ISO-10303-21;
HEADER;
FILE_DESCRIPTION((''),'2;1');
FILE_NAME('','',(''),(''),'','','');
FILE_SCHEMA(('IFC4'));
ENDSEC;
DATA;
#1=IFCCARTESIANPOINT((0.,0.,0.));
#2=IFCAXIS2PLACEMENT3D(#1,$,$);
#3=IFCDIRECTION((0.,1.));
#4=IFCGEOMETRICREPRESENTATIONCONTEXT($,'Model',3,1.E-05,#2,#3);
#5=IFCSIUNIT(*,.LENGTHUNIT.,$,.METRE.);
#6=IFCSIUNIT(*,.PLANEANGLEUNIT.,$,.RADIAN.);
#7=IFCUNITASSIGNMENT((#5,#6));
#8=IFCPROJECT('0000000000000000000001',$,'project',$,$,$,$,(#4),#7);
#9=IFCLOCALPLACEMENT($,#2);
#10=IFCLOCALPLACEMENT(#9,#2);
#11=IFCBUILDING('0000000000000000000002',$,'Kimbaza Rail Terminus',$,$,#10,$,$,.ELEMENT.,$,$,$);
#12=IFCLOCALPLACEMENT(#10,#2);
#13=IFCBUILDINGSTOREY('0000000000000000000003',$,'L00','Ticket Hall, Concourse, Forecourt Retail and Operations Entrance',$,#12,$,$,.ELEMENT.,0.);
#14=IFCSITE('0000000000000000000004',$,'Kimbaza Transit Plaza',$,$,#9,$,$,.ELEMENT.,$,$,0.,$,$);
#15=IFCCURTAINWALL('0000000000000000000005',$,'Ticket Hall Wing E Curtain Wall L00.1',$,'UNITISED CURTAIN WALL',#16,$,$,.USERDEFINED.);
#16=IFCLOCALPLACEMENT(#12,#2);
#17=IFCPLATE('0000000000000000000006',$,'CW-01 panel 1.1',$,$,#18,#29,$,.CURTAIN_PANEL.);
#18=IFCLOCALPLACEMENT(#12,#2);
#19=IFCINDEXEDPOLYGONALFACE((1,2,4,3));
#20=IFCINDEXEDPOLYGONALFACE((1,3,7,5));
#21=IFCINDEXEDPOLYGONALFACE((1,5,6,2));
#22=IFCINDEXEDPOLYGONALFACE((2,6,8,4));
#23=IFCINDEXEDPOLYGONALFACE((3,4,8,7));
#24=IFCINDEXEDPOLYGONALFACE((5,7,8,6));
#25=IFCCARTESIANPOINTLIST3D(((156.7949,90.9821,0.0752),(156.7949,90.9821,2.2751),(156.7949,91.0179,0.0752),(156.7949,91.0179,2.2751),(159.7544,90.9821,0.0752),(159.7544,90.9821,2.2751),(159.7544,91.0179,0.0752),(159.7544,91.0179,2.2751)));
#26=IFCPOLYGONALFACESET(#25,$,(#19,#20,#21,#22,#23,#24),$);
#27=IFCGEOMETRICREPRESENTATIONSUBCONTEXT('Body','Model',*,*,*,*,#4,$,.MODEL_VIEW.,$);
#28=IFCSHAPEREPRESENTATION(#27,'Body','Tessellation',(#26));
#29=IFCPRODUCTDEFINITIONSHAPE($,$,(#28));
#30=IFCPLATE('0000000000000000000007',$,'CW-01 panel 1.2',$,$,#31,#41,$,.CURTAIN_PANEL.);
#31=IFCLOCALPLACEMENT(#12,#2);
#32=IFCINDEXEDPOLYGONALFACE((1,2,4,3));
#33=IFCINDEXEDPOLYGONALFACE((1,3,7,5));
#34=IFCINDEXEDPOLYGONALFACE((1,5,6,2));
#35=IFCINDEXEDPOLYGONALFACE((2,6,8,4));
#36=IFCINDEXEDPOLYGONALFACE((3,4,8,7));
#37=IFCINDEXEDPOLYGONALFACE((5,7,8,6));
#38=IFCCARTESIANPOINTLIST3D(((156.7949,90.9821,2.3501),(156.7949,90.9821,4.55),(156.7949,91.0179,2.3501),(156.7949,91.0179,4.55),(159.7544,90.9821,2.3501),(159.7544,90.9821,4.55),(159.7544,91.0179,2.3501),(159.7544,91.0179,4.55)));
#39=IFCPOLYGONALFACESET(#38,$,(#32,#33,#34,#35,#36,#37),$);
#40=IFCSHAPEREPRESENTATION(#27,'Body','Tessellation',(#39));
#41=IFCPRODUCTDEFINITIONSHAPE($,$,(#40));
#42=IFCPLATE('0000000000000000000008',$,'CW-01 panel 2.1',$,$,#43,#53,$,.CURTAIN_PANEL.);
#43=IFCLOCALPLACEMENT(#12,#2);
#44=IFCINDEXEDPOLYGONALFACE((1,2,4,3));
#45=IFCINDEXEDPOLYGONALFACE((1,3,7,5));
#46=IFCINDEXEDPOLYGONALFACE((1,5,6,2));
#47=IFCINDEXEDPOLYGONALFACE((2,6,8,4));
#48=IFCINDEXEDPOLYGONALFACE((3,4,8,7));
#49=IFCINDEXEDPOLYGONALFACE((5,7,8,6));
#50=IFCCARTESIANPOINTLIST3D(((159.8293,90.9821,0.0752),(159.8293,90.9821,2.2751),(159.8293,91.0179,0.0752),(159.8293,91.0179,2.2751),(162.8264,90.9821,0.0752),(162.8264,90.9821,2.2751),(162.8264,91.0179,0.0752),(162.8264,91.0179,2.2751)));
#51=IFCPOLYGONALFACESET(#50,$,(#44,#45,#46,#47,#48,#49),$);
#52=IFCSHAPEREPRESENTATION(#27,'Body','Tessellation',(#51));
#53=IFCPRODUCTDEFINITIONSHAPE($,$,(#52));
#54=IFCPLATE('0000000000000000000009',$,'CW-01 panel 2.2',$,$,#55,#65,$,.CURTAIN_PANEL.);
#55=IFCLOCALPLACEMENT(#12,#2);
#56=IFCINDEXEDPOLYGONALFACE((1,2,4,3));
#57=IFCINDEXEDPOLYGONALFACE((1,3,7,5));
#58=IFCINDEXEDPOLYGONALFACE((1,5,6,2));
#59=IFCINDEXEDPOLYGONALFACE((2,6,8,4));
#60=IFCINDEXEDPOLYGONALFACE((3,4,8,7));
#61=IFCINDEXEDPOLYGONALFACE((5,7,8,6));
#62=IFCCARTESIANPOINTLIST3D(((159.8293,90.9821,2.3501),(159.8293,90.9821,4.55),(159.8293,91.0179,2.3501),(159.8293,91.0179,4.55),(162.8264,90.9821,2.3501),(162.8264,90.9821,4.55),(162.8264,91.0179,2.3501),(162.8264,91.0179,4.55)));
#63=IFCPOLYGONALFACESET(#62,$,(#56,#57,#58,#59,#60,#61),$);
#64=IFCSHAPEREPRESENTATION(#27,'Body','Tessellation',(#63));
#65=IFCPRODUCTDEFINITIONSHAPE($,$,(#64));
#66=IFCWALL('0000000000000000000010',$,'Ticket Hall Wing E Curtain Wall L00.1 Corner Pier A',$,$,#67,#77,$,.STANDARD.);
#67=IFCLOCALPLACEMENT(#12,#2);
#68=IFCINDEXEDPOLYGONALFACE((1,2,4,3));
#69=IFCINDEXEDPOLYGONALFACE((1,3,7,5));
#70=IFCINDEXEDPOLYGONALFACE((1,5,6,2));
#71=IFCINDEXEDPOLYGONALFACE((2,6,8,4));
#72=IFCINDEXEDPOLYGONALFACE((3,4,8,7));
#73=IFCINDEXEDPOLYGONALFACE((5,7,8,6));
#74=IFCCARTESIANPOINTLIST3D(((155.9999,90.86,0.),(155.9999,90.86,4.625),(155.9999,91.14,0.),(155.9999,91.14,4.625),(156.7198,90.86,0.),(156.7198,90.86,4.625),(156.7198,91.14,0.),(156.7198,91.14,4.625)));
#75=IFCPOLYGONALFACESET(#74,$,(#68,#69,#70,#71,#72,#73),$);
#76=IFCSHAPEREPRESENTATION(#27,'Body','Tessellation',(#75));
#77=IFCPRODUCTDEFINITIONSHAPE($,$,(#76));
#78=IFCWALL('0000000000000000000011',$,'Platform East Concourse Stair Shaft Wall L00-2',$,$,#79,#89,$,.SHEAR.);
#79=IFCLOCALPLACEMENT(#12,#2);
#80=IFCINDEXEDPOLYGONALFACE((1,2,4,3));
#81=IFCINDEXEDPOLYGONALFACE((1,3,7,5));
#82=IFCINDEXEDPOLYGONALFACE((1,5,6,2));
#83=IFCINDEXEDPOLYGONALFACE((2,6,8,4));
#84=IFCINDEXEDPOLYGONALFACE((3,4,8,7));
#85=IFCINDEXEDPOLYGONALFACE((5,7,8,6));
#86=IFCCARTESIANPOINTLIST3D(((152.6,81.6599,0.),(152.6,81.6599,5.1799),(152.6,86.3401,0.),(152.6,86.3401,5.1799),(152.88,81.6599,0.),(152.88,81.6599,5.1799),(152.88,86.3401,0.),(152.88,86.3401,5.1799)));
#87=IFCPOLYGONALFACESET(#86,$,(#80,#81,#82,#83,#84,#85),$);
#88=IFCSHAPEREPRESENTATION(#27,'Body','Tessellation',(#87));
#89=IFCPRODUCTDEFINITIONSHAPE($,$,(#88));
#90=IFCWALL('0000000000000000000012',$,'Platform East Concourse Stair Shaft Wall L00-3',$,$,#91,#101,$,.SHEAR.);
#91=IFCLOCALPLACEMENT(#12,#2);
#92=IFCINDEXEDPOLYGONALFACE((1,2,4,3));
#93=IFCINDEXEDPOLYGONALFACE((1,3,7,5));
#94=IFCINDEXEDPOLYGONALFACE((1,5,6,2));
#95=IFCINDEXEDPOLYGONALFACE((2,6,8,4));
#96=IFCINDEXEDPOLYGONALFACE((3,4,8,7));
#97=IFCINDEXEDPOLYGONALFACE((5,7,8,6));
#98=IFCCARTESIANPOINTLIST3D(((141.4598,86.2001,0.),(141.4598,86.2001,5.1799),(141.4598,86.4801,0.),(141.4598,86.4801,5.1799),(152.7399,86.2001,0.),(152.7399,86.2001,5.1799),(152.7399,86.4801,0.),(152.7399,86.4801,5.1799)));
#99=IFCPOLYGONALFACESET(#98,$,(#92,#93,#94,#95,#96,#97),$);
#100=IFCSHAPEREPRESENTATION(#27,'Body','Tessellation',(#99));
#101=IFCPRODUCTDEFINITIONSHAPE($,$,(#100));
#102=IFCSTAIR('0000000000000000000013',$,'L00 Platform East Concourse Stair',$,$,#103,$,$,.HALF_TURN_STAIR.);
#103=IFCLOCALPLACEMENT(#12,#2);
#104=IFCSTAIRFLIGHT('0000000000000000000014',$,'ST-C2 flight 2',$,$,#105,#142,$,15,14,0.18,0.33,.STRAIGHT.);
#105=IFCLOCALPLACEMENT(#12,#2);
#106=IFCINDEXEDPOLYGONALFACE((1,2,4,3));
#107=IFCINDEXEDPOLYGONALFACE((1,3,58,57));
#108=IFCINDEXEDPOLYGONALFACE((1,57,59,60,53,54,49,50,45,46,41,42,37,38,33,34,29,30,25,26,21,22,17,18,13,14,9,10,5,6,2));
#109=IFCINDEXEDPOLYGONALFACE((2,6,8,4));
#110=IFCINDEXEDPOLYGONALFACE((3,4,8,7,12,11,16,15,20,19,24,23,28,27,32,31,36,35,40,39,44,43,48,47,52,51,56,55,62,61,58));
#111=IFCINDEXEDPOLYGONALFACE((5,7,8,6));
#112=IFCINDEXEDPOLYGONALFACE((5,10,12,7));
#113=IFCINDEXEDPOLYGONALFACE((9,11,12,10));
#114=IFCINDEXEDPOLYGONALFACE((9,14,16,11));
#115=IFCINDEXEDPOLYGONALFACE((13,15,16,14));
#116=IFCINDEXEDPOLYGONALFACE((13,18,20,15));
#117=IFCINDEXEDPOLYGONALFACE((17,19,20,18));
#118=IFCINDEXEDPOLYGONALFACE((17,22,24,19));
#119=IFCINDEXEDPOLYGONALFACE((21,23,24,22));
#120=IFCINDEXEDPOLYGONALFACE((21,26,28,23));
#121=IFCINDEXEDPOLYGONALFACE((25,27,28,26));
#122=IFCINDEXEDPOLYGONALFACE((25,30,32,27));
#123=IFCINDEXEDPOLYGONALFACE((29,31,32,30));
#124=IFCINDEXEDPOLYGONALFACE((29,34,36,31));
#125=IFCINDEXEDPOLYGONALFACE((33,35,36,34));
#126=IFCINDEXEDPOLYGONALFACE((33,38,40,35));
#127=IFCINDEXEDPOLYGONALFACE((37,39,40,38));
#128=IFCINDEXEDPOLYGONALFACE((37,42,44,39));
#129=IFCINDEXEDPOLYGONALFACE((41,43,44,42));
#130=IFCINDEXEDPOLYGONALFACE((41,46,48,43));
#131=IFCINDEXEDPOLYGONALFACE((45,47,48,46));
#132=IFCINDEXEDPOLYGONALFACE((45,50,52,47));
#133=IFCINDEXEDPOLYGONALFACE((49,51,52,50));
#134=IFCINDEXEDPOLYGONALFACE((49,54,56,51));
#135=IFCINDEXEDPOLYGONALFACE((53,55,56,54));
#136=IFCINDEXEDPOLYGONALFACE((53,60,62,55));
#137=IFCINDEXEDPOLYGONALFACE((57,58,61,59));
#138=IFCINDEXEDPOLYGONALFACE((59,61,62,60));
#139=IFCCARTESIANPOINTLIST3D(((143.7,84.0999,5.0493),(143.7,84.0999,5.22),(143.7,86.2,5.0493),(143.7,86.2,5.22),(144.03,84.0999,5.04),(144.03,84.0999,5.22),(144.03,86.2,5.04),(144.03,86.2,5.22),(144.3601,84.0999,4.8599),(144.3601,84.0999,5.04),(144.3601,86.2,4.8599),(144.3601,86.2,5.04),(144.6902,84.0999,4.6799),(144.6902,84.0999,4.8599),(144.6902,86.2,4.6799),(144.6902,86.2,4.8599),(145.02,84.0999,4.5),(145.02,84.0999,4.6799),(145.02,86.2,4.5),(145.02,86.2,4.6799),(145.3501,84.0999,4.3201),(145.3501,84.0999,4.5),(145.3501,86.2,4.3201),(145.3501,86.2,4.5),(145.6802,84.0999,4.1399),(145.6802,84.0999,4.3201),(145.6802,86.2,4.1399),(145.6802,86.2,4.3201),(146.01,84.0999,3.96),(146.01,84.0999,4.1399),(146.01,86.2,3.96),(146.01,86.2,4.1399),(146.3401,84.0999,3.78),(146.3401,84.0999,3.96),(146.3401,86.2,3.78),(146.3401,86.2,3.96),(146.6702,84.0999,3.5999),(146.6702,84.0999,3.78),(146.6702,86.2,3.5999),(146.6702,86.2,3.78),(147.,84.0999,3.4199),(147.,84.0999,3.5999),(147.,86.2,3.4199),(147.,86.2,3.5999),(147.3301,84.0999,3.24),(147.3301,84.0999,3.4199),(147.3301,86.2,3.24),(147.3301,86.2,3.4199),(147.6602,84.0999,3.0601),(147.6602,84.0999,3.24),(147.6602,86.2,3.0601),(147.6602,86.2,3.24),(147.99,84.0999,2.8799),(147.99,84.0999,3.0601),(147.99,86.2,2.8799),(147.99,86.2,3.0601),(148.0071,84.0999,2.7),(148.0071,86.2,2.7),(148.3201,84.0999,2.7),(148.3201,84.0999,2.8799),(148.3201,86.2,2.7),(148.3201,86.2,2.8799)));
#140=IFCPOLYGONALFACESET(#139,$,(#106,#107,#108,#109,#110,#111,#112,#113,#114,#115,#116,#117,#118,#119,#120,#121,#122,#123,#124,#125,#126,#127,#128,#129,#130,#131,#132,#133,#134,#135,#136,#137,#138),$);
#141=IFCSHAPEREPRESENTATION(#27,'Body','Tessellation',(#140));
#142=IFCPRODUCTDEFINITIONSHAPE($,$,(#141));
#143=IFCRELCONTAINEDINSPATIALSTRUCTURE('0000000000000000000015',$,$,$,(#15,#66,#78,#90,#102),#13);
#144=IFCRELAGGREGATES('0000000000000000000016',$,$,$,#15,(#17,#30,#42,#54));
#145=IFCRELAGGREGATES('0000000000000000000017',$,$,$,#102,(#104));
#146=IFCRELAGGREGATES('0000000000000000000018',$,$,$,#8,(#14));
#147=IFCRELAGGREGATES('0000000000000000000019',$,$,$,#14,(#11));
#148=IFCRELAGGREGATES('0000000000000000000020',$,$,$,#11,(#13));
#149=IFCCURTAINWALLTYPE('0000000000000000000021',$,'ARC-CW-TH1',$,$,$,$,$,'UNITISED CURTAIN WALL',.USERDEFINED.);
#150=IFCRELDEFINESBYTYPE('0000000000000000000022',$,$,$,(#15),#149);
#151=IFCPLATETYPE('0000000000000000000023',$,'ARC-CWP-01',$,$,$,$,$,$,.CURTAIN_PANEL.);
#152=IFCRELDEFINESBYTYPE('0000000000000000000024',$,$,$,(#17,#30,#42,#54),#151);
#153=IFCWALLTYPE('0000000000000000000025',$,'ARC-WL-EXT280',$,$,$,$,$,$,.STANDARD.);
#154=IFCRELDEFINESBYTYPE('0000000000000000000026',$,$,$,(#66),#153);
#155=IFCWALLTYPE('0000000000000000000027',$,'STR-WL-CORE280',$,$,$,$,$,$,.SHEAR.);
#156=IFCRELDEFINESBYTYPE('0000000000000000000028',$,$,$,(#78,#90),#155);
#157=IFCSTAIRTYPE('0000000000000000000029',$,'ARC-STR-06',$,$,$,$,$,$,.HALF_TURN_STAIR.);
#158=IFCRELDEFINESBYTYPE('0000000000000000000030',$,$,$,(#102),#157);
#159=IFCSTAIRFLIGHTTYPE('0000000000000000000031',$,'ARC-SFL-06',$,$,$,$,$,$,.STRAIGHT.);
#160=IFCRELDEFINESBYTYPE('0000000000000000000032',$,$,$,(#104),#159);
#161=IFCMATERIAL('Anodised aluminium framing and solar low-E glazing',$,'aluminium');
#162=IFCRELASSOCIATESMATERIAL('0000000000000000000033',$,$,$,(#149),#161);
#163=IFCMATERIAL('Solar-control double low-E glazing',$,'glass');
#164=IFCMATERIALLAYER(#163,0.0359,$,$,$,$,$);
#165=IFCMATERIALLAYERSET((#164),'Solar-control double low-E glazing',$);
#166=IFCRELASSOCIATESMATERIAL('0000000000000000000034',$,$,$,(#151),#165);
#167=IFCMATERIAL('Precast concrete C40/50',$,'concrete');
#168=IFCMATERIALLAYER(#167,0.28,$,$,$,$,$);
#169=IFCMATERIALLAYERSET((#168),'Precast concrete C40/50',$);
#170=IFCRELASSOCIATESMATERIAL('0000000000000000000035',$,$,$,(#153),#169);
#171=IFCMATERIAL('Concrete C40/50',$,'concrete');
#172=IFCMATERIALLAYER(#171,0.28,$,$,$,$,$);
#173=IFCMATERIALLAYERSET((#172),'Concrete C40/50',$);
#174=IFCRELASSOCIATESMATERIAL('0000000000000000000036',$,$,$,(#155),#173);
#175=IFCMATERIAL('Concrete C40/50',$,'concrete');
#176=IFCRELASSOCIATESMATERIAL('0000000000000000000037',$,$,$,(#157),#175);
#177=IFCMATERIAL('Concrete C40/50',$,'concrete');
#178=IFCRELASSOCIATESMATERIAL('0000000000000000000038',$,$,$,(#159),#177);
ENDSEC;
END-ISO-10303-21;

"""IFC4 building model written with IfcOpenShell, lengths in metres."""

from ifc_helpers import new_model, si_unit, direction, frame, frame_2d, origin, origin_2d, place, context, subcontext, project, spatial, polyline, rectangle, outline, extrude, material, layer, layer_set, type_object, element, aggregate, save


model = new_model("IFC4")

# Units and contexts
model_context = context("Model", 3, precision=1e-05, world=origin(), true_north=direction((0.0, 1.0)))
body_context = subcontext(model_context, "Body", "Model", "MODEL_VIEW")
ifc_project = project(units=[si_unit("LENGTHUNIT", "METRE"), si_unit("PLANEANGLEUNIT", "RADIAN")], contexts=[model_context])

# Site, building, storey
site_placement = place(None, origin())
site = spatial("IfcSite", under=ifc_project, at=site_placement, Name="Kimbaza Transit Plaza", CompositionType="ELEMENT", RefElevation=0.0)
building_placement = place(site_placement, origin())
building = spatial("IfcBuilding", under=site, at=building_placement, Name="Kimbaza Rail Terminus", CompositionType="ELEMENT")
storey_placement = place(building_placement, origin())
storey = spatial("IfcBuildingStorey", under=building, at=storey_placement, Name="L00", Description="Ticket Hall, Concourse, Forecourt Retail and Operations Entrance", CompositionType="ELEMENT", Elevation=0.0)

# Curtain wall
ifc_material_1 = material(Name="Anodised aluminium framing and solar low-E glazing", Category="aluminium")
curtain_wall_type = type_object("IfcCurtainWallType", Name="ARC-CW-TH1", ElementType="UNITISED CURTAIN WALL", PredefinedType="USERDEFINED", material=ifc_material_1)
curtain_wall_placement = place(storey_placement, origin())
curtain_wall = element("IfcCurtainWall", 1, at=curtain_wall_placement, inside=storey, type_object=curtain_wall_type, Name="Ticket Hall Wing E Curtain Wall L00.1", ObjectType="UNITISED CURTAIN WALL", PredefinedType="USERDEFINED")

# Plates
ifc_material_2 = material(Name="Solar-control double low-E glazing", Category="glass")
ifc_layer_1 = layer(ifc_material_2, 0.0359)
ifc_layer_set_1 = layer_set([ifc_layer_1], Name="Solar-control double low-E glazing")
plate_type = type_object("IfcPlateType", Name="ARC-CWP-01", PredefinedType="CURTAIN_PANEL", material=ifc_layer_set_1)
plate_1_placement = place(storey_placement, frame((158.2747, 91.0, 0.0752), z_axis=(0.0, 0.0, 1.0), x_axis=(1.0, 0.0, 0.0)))
plate_1 = element("IfcPlate", 2, at=plate_1_placement, type_object=plate_type, Name="CW-01 panel 1.1", PredefinedType="CURTAIN_PANEL", context=body_context, shape_type="SweptSolid", body=[
    extrude(rectangle(XDim=2.9595, YDim=0.0359, at=origin_2d()), origin(), (0.0, 0.0, 1.0), 2.2),
])
plate_2_placement = place(storey_placement, frame((158.2747, 91.0, 2.3501), z_axis=(0.0, 0.0, 1.0), x_axis=(1.0, 0.0, 0.0)))
plate_2 = element("IfcPlate", 3, at=plate_2_placement, type_object=plate_type, Name="CW-01 panel 1.2", PredefinedType="CURTAIN_PANEL", context=body_context, shape_type="SweptSolid", body=[
    extrude(rectangle(XDim=2.9595, YDim=0.0359, at=origin_2d()), origin(), (0.0, 0.0, 1.0), 2.2),
])
plate_3_placement = place(storey_placement, frame((161.3279, 91.0, 0.0752), z_axis=(0.0, 0.0, 1.0), x_axis=(1.0, 0.0, 0.0)))
plate_3 = element("IfcPlate", 4, at=plate_3_placement, type_object=plate_type, Name="CW-01 panel 2.1", PredefinedType="CURTAIN_PANEL", context=body_context, shape_type="SweptSolid", body=[
    extrude(rectangle(XDim=2.9971, YDim=0.0359, at=origin_2d()), origin(), (0.0, 0.0, 1.0), 2.2),
])
plate_4_placement = place(storey_placement, frame((161.3279, 91.0, 2.3501), z_axis=(0.0, 0.0, 1.0), x_axis=(1.0, 0.0, 0.0)))
plate_4 = element("IfcPlate", 5, at=plate_4_placement, type_object=plate_type, Name="CW-01 panel 2.2", PredefinedType="CURTAIN_PANEL", context=body_context, shape_type="SweptSolid", body=[
    extrude(rectangle(XDim=2.9971, YDim=0.0359, at=origin_2d()), origin(), (0.0, 0.0, 1.0), 2.2),
])
aggregate(curtain_wall, [plate_1, plate_2, plate_3, plate_4])

# Walls
ifc_material_3 = material(Name="Precast concrete C40/50", Category="concrete")
ifc_layer_2 = layer(ifc_material_3, 0.28)
ifc_layer_set_2 = layer_set([ifc_layer_2], Name="Precast concrete C40/50")
wall_type_1 = type_object("IfcWallType", Name="ARC-WL-EXT280", PredefinedType="STANDARD", material=ifc_layer_set_2)
wall_1_placement = place(storey_placement, frame((156.0, 91.0, 0.0), z_axis=(0.0, 0.0, 1.0), x_axis=(1.0, 0.0, 0.0)))
element("IfcWall", 6, at=wall_1_placement, inside=storey, type_object=wall_type_1, Name="Ticket Hall Wing E Curtain Wall L00.1 Corner Pier A", PredefinedType="STANDARD", context=body_context, shape_type="SweptSolid", body=[
    extrude(rectangle(XDim=0.72, YDim=0.28, at=frame_2d((0.3599, 0.0))), origin(), (0.0, 0.0, 1.0), 4.625),
])
ifc_material_4 = material(Name="Concrete C40/50", Category="concrete")
ifc_layer_3 = layer(ifc_material_4, 0.28)
ifc_layer_set_3 = layer_set([ifc_layer_3], Name="Concrete C40/50")
wall_type_2 = type_object("IfcWallType", Name="STR-WL-CORE280", PredefinedType="SHEAR", material=ifc_layer_set_3)
wall_2_placement = place(storey_placement, frame((152.74, 81.6599, 0.0), z_axis=(0.0, 0.0, 1.0), x_axis=(0.0, 1.0, 0.0)))
element("IfcWall", 7, at=wall_2_placement, inside=storey, type_object=wall_type_2, Name="Platform East Concourse Stair Shaft Wall L00-2", PredefinedType="SHEAR", context=body_context, shape_type="SweptSolid", body=[
    extrude(rectangle(XDim=4.6802, YDim=0.28, at=frame_2d((2.3401, 0.0))), origin(), (0.0, 0.0, 1.0), 5.1799),
])
wall_3_placement = place(storey_placement, frame((152.74, 86.3401, 0.0), z_axis=(0.0, 0.0, 1.0), x_axis=(-1.0, 0.0, 0.0)))
element("IfcWall", 8, at=wall_3_placement, inside=storey, type_object=wall_type_2, Name="Platform East Concourse Stair Shaft Wall L00-3", PredefinedType="SHEAR", context=body_context, shape_type="SweptSolid", body=[
    extrude(rectangle(XDim=11.28, YDim=0.28, at=frame_2d((5.6401, 0.0))), origin(), (0.0, 0.0, 1.0), 5.1799),
])

# Stair, stair flight
ifc_material_5 = material(Name="Concrete C40/50", Category="concrete")
stair_type = type_object("IfcStairType", Name="ARC-STR-06", PredefinedType="HALF_TURN_STAIR", material=ifc_material_5)
stair_placement = place(storey_placement, origin())
stair = element("IfcStair", 9, at=stair_placement, inside=storey, type_object=stair_type, Name="L00 Platform East Concourse Stair", PredefinedType="HALF_TURN_STAIR")
ifc_material_6 = material(Name="Concrete C40/50", Category="concrete")
stair_flight_type = type_object("IfcStairFlightType", Name="ARC-SFL-06", PredefinedType="STRAIGHT", material=ifc_material_6)
stair_flight_placement = place(storey_placement, frame((148.3201, 85.1499, 2.7), z_axis=(0.0, 0.0, 1.0), x_axis=(-1.0, 0.0, 0.0)))
stair_flight = element("IfcStairFlight", 10, at=stair_flight_placement, type_object=stair_flight_type, Name="ST-C2 flight 2", NumberOfRisers=15, NumberOfTreads=14, PredefinedType="STRAIGHT", RiserHeight=0.18, TreadLength=0.33, context=body_context, shape_type="SweptSolid", body=[
    extrude(outline(polyline([(0.0, 0.0), (0.0, 0.1799), (0.3301, 0.1799), (0.3301, 0.3601), (0.6599, 0.3601), (0.6599, 0.54), (0.99, 0.54), (0.99, 0.72), (1.3201, 0.72), (1.3201, 0.8999), (1.6499, 0.8999), (1.6499, 1.0801), (1.98, 1.0801), (1.98, 1.26), (2.3101, 1.26), (2.3101, 1.4399), (2.6399, 1.4399), (2.6399, 1.6201), (2.97, 1.6201), (2.97, 1.8), (3.3, 1.8), (3.3, 1.98), (3.6299, 1.98), (3.6299, 2.1599), (3.96, 2.1599), (3.96, 2.3401), (4.29, 2.3401), (4.29, 2.52), (4.6201, 2.52), (4.6201, 2.7), (4.6201, 2.3494), (0.313, 0.0), (0.0, 0.0)])), frame((0.0, 1.05, 0.0), z_axis=(0.0, -1.0, 0.0), x_axis=(1.0, 0.0, 0.0)), (0.0, 0.0, 1.0), 2.1001),
])
aggregate(stair, [stair_flight])

save(model, "model.ifc")
